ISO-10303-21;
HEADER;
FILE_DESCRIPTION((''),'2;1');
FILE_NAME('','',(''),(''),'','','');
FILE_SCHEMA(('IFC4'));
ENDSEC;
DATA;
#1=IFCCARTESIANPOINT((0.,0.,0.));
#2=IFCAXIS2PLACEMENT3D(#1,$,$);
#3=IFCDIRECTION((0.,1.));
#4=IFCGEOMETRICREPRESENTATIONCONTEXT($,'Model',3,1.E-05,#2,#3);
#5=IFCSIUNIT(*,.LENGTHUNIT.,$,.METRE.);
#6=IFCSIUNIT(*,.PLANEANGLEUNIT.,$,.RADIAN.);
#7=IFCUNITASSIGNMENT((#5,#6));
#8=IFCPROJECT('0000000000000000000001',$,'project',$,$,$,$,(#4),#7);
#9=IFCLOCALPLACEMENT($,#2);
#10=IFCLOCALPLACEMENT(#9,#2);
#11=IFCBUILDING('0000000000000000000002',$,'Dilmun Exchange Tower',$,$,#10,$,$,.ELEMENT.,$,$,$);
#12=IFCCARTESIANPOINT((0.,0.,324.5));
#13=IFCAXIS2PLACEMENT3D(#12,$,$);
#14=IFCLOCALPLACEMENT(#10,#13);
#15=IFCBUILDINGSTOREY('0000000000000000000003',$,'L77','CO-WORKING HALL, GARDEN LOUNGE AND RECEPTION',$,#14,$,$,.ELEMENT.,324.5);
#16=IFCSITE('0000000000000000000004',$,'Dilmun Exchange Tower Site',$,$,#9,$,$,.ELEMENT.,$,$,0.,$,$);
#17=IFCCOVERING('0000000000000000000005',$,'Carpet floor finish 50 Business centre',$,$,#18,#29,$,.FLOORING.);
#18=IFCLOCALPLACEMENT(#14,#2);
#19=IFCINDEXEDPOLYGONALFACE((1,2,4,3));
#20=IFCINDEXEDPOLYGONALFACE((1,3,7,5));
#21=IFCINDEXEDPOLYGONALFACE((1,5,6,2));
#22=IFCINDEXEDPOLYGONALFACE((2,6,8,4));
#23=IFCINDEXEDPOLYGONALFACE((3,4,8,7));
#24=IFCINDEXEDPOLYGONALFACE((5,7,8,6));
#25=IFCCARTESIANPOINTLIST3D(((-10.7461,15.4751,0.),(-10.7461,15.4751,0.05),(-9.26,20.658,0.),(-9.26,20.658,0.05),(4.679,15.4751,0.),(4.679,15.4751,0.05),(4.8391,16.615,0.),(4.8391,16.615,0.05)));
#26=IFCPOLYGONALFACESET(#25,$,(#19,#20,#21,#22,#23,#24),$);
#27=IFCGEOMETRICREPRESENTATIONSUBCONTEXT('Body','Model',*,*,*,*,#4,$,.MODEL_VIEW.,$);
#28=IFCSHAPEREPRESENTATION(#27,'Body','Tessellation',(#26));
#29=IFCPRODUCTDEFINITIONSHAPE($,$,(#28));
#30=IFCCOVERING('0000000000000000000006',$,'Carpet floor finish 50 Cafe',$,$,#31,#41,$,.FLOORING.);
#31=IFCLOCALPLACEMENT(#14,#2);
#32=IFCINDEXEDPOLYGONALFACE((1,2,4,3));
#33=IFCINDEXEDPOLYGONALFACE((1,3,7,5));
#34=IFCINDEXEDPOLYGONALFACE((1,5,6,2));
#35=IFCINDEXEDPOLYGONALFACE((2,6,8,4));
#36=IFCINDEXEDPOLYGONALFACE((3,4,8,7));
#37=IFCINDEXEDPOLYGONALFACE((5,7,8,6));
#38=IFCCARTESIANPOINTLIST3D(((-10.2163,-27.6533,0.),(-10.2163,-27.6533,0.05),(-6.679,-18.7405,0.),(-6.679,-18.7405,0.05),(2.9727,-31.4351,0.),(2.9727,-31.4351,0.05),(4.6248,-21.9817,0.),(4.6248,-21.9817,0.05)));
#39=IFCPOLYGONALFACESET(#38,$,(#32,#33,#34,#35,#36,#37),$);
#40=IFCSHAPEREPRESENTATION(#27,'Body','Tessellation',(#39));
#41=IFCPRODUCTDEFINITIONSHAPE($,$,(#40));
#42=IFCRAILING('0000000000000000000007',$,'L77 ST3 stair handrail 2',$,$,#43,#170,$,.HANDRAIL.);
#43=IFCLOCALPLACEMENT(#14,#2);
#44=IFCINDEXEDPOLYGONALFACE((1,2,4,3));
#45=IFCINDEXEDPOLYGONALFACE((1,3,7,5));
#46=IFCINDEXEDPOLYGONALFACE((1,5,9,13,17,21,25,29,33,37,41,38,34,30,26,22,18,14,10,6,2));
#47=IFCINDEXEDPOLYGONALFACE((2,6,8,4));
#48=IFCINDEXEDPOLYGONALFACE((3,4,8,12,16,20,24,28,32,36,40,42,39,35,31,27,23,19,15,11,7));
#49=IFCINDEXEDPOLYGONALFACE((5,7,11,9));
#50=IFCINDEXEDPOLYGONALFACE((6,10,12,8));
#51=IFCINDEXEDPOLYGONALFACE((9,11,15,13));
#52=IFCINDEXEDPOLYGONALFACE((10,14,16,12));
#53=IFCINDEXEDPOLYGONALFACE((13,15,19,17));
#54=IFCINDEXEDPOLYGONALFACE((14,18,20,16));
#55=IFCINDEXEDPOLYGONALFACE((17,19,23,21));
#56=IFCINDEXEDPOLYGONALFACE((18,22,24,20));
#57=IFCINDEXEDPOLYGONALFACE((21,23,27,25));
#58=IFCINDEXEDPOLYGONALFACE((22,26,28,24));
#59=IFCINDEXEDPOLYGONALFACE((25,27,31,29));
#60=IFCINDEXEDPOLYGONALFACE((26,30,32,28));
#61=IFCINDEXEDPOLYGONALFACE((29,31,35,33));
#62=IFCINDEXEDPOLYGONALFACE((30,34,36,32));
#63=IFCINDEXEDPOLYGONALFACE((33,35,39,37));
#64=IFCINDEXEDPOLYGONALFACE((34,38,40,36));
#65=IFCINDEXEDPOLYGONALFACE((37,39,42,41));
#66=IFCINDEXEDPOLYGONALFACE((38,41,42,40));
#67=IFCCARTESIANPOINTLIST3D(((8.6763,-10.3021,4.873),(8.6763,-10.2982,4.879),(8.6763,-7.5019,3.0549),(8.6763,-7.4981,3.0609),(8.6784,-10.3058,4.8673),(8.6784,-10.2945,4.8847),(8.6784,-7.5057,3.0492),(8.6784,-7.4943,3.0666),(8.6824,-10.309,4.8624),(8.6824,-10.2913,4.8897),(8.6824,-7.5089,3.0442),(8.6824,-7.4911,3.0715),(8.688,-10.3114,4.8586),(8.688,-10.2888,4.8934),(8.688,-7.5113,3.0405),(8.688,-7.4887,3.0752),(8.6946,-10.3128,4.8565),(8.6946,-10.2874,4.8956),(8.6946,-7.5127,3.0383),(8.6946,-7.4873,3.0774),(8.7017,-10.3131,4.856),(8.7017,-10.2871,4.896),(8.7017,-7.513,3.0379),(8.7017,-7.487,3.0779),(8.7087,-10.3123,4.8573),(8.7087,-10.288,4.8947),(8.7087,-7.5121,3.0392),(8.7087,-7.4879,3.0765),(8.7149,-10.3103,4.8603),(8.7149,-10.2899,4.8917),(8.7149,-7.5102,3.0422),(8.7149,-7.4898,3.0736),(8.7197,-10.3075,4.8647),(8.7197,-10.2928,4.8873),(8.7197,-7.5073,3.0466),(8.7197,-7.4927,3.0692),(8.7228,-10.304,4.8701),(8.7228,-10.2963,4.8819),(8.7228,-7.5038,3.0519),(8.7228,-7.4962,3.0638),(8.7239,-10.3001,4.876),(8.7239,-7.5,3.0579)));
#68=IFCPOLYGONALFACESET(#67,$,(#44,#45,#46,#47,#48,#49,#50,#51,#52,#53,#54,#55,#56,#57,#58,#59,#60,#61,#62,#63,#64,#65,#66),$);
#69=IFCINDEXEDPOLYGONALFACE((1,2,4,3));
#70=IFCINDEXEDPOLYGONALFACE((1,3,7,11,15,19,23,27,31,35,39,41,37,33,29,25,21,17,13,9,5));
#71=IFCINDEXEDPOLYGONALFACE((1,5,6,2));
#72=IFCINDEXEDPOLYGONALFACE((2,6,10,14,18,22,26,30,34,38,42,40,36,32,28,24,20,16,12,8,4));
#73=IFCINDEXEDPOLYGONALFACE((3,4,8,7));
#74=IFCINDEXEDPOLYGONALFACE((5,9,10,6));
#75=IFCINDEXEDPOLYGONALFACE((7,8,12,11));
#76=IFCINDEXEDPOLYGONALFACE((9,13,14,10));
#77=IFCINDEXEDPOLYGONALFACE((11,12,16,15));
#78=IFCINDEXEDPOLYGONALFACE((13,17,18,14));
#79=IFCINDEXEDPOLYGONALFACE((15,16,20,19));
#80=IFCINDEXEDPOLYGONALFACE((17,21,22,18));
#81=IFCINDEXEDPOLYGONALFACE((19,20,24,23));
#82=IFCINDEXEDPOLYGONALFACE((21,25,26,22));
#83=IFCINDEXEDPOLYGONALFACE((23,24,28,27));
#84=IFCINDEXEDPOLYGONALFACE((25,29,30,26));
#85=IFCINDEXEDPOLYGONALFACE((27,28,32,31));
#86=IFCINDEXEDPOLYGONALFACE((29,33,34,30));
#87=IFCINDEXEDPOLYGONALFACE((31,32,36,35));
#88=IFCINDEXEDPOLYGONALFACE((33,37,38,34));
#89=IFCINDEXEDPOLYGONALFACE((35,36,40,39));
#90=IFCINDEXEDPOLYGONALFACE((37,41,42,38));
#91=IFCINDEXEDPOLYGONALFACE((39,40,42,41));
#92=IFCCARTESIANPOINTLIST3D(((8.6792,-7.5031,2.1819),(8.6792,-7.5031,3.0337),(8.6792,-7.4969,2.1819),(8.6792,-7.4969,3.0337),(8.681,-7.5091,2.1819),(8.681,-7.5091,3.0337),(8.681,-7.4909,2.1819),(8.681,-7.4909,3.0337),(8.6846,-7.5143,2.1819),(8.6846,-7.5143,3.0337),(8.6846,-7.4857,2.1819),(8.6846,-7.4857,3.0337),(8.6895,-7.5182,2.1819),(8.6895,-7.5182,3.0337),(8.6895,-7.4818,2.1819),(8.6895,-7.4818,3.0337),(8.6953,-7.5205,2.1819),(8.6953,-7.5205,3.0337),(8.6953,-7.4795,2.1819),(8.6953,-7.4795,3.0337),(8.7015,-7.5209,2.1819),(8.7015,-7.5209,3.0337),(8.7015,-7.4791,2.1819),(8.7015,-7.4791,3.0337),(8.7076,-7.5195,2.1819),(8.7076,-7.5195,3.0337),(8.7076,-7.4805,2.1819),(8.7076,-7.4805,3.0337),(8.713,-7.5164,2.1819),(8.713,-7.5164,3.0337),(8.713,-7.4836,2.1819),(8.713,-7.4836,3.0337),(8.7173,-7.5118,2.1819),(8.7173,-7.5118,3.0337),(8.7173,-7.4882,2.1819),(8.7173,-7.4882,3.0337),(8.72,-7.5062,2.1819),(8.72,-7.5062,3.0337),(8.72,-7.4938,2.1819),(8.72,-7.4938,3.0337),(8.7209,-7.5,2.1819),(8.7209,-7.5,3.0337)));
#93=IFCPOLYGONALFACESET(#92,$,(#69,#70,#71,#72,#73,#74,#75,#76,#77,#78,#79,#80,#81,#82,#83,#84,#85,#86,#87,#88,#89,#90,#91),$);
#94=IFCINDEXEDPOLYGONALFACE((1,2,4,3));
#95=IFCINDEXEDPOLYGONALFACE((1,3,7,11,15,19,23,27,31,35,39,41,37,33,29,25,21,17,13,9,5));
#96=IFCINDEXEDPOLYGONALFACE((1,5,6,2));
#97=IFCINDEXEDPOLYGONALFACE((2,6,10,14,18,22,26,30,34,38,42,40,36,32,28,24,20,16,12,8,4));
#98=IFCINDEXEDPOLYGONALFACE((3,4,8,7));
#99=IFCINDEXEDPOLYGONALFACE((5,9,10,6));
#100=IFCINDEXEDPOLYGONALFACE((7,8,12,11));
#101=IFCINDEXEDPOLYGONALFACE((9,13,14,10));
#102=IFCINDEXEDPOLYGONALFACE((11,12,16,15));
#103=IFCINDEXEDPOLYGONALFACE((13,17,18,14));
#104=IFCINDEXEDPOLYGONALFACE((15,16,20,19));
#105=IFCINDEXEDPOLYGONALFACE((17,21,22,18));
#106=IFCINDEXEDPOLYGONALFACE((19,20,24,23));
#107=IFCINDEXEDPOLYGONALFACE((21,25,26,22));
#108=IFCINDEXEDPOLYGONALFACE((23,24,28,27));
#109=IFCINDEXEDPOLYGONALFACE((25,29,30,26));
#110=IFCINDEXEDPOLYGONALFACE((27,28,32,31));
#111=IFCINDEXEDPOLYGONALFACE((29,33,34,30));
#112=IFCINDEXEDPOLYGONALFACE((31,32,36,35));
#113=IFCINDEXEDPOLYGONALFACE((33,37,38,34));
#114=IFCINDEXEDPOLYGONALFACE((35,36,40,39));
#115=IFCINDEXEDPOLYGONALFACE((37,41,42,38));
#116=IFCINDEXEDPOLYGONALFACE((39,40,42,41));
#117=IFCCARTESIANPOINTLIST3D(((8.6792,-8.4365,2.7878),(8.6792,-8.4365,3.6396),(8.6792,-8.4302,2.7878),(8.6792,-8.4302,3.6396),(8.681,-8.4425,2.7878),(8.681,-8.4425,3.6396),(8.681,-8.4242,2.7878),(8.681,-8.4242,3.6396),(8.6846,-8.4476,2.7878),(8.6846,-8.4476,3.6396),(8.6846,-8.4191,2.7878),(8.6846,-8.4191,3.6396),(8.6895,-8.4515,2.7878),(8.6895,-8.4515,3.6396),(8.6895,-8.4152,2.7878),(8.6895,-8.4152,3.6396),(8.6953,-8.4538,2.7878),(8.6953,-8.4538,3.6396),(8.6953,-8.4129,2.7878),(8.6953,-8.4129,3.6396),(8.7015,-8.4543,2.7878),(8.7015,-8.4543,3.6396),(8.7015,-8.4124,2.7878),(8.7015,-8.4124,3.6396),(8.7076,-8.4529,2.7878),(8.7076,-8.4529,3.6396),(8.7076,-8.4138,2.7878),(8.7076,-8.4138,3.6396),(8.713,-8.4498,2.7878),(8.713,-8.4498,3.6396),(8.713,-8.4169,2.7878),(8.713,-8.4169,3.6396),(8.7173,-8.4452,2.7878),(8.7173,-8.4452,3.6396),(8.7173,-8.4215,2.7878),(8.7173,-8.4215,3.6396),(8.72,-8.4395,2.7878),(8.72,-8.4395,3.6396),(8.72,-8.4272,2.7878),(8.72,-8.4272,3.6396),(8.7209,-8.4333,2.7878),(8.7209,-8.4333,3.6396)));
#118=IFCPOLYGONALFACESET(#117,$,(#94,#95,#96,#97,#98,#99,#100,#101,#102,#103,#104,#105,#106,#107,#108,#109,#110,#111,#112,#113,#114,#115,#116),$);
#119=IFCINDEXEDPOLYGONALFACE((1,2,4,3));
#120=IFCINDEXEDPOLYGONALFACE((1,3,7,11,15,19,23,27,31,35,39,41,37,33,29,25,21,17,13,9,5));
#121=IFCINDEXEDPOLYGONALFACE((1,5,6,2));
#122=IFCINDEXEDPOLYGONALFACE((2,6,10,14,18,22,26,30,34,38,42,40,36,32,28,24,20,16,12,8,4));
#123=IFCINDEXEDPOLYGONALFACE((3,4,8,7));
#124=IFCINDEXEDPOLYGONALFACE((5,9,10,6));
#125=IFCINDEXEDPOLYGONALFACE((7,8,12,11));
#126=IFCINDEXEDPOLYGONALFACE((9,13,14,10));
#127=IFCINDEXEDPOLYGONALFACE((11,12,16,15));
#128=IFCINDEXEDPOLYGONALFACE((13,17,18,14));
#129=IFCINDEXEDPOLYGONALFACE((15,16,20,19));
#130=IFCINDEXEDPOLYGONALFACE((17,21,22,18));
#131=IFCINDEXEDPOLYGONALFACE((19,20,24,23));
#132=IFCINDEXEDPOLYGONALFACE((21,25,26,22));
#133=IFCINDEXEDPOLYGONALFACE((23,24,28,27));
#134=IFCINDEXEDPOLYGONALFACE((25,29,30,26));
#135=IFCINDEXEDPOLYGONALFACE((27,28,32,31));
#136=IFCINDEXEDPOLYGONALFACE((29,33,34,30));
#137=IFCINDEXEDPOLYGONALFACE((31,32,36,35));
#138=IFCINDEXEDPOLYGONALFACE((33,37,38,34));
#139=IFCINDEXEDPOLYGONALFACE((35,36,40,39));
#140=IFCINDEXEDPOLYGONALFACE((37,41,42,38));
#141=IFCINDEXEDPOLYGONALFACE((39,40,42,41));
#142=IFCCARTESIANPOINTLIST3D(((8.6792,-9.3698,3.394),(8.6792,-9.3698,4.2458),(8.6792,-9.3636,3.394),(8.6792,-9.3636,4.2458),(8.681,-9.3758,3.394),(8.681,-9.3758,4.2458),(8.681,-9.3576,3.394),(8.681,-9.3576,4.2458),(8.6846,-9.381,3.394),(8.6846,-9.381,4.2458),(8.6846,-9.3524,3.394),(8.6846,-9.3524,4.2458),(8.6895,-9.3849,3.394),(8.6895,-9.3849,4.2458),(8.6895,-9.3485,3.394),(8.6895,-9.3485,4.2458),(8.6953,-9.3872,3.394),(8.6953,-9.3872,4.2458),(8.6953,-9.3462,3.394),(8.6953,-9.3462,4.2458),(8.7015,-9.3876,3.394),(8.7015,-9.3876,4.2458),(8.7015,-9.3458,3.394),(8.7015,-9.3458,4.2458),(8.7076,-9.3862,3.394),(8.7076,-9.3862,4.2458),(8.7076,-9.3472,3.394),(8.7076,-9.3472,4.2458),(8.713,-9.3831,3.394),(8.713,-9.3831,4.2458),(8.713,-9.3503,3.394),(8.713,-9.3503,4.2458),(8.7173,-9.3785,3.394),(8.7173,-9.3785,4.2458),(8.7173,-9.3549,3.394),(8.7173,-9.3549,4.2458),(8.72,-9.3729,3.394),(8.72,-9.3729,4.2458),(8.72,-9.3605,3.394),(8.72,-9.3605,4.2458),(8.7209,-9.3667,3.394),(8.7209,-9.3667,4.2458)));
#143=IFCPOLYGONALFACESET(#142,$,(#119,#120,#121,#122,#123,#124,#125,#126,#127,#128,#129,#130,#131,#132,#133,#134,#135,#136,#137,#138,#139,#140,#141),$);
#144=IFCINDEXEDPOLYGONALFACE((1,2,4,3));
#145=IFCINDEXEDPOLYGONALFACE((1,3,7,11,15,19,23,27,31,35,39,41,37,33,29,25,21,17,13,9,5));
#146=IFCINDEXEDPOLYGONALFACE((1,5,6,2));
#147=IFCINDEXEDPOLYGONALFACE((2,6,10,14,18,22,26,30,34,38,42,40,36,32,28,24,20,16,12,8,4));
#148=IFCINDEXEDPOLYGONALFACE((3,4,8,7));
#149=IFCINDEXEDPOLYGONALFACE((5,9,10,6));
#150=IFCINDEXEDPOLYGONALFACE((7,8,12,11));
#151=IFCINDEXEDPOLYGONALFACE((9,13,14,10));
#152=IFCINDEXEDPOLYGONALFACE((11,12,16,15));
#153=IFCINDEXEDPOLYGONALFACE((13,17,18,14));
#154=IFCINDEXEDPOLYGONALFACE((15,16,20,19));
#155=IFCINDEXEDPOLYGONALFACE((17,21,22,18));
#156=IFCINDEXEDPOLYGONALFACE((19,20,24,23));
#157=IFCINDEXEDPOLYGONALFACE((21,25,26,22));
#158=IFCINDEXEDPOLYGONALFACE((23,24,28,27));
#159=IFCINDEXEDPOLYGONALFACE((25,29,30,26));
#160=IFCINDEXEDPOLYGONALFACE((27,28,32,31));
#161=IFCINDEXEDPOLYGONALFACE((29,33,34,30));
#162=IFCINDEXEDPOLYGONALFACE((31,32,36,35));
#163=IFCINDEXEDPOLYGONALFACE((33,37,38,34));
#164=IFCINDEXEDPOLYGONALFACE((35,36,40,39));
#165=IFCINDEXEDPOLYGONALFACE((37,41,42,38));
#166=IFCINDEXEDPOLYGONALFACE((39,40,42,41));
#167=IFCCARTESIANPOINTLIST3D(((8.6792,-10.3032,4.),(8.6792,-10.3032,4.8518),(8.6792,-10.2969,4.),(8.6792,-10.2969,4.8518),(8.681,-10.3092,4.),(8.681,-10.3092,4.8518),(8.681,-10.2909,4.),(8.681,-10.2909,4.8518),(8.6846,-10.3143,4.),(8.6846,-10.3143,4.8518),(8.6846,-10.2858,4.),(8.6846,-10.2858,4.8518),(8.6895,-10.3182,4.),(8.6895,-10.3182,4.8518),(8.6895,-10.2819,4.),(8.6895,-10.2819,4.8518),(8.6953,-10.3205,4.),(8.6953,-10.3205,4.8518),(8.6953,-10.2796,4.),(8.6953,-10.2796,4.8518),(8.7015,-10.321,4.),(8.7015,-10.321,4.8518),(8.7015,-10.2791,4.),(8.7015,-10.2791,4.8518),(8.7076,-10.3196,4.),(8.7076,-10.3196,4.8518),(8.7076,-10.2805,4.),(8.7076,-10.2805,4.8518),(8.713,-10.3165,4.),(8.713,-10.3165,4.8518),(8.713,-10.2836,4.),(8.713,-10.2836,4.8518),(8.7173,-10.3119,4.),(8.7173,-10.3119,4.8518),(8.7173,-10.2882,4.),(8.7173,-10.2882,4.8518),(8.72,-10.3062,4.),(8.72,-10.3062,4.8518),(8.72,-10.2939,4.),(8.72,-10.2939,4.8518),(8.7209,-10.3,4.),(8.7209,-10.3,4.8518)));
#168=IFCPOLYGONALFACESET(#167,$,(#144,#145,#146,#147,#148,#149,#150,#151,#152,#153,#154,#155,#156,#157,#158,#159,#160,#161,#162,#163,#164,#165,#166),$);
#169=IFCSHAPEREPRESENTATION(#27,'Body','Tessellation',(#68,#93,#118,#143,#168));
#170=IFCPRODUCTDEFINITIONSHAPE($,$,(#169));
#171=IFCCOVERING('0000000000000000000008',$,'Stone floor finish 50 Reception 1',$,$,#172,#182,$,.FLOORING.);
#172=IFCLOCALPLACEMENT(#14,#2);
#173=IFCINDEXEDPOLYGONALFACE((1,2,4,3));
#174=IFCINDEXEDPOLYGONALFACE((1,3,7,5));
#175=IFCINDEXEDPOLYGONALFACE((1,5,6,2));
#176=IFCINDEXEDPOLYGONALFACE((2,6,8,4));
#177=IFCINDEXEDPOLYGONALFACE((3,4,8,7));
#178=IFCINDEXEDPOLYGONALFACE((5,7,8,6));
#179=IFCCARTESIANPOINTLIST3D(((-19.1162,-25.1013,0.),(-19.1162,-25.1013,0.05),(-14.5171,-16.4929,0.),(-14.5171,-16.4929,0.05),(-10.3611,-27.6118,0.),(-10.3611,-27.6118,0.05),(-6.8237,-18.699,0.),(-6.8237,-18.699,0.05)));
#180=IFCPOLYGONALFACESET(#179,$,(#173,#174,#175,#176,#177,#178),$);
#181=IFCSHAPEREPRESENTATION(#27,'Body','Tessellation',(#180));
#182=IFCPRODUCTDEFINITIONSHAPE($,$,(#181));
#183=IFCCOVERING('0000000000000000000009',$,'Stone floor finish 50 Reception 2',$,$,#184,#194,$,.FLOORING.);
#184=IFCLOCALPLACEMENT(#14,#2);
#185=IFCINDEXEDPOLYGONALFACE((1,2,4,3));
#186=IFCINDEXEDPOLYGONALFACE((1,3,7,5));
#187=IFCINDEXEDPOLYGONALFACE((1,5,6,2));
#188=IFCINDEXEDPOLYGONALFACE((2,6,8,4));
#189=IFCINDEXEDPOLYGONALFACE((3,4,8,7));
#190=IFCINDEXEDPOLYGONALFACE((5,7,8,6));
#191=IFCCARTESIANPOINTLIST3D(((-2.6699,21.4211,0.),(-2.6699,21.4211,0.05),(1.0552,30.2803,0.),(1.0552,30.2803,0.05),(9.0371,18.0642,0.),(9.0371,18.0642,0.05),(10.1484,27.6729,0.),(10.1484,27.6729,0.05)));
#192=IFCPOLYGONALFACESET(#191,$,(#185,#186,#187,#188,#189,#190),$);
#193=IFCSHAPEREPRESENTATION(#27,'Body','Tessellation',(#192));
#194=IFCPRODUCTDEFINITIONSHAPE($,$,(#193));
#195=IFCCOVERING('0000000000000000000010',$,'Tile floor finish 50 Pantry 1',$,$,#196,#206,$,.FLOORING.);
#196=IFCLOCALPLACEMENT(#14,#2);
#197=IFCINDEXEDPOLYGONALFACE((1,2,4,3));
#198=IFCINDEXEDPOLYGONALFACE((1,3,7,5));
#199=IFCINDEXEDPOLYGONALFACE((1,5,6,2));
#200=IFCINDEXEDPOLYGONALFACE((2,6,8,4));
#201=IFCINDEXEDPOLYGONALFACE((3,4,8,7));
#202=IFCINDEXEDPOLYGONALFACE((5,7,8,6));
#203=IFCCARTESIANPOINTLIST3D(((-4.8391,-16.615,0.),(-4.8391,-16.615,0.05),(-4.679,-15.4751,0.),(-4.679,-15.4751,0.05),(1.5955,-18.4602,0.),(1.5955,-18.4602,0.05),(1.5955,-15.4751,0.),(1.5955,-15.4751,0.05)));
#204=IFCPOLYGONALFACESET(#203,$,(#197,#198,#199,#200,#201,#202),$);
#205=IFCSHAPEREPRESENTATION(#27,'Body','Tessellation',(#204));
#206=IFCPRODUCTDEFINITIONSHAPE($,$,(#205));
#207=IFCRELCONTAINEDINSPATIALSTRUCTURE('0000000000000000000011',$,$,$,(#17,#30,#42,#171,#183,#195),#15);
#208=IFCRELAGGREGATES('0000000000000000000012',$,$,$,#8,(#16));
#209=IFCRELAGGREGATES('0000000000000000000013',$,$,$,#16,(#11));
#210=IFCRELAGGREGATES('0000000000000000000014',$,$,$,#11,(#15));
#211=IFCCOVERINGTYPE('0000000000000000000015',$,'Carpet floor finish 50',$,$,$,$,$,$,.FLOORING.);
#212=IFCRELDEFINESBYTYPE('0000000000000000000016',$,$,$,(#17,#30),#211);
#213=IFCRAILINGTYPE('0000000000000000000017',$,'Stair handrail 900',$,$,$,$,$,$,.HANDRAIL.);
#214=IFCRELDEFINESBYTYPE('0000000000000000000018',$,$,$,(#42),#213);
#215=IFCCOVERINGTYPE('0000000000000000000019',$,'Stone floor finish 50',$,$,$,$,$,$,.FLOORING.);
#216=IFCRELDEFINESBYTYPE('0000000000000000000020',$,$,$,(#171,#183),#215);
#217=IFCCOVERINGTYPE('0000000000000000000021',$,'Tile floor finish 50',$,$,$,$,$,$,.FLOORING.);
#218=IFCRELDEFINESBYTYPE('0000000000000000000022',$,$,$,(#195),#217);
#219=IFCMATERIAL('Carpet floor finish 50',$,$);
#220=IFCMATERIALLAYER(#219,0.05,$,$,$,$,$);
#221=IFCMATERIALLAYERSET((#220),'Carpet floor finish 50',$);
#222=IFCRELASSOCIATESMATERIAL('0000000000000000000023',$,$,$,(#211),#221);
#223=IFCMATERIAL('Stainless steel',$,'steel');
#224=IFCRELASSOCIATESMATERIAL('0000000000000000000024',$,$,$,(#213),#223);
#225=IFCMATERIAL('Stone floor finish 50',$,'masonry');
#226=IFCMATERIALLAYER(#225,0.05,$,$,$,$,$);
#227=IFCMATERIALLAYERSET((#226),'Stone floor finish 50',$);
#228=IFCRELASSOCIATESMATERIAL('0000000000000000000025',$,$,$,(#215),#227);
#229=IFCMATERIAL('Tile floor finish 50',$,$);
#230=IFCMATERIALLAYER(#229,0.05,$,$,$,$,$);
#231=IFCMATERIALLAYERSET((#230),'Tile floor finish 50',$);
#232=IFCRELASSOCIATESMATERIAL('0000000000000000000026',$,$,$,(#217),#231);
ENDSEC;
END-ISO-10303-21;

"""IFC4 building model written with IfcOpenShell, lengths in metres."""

from ifc_helpers import new_model, si_unit, direction, frame, origin, origin_2d, place, context, subcontext, project, spatial, polyline, circle, outline, extrude, material, layer, layer_set, type_object, element, save


model = new_model("IFC4")

# Units and contexts
model_context = context("Model", 3, precision=1e-05, world=origin(), true_north=direction((0.0, 1.0)))
body_context = subcontext(model_context, "Body", "Model", "MODEL_VIEW")
ifc_project = project(units=[si_unit("LENGTHUNIT", "METRE"), si_unit("PLANEANGLEUNIT", "RADIAN")], contexts=[model_context])

# Site, building, storey
site_placement = place(None, origin())
site = spatial("IfcSite", under=ifc_project, at=site_placement, Name="Dilmun Exchange Tower Site", CompositionType="ELEMENT", RefElevation=0.0)
building_placement = place(site_placement, origin())
building = spatial("IfcBuilding", under=site, at=building_placement, Name="Dilmun Exchange Tower", CompositionType="ELEMENT")
storey_placement = place(building_placement, frame((0.0, 0.0, 324.5)))
storey = spatial("IfcBuildingStorey", under=building, at=storey_placement, Name="L77", Description="CO-WORKING HALL, GARDEN LOUNGE AND RECEPTION", CompositionType="ELEMENT", Elevation=324.5)

# Coverings
ifc_material_1 = material(Name="Carpet floor finish 50")
ifc_layer_1 = layer(ifc_material_1, 0.05)
ifc_layer_set_1 = layer_set([ifc_layer_1], Name="Carpet floor finish 50")
covering_type_1 = type_object("IfcCoveringType", Name="Carpet floor finish 50", PredefinedType="FLOORING", material=ifc_layer_set_1)
covering_1_placement = place(storey_placement, origin())
element("IfcCovering", 1, at=covering_1_placement, inside=storey, type_object=covering_type_1, Name="Carpet floor finish 50 Business centre", PredefinedType="FLOORING", context=body_context, shape_type="SweptSolid", body=[
    extrude(outline(polyline([(-10.7461, 15.4751), (-9.26, 20.658), (4.8391, 16.615), (4.679, 15.4751), (-10.7461, 15.4751)])), origin(), (0.0, 0.0, 1.0), 0.05),
])
covering_2_placement = place(storey_placement, origin())
element("IfcCovering", 2, at=covering_2_placement, inside=storey, type_object=covering_type_1, Name="Carpet floor finish 50 Cafe", PredefinedType="FLOORING", context=body_context, shape_type="SweptSolid", body=[
    extrude(outline(polyline([(-6.679, -18.7405), (4.6248, -21.9817), (2.9727, -31.4351), (-10.2163, -27.6533), (-6.679, -18.7405)])), origin(), (0.0, 0.0, 1.0), 0.05),
])

# Railing
ifc_material_2 = material(Name="Stainless steel", Category="steel")
railing_type = type_object("IfcRailingType", Name="Stair handrail 900", PredefinedType="HANDRAIL", material=ifc_material_2)
railing_placement = place(storey_placement, frame((8.7, -7.5, 2.1819)))
element("IfcRailing", 3, at=railing_placement, inside=storey, type_object=railing_type, Name="L77 ST3 stair handrail 2", PredefinedType="HANDRAIL", context=body_context, shape_type="SweptSolid", body=[
    extrude(circle(Radius=0.0239, at=origin_2d()), frame((0.0, 0.0, 0.876), z_axis=(0.0, -0.838706, 0.544585), x_axis=(1.0, 0.0, 0.0)), (0.0, 0.0, 1.0), 3.3386),
    extrude(circle(Radius=0.021, at=origin_2d()), origin(), (0.0, 0.0, 1.0), 0.8518),
    extrude(circle(Radius=0.021, at=origin_2d()), frame((0.0, -0.9333, 0.606)), (0.0, 0.0, 1.0), 0.8518),
    extrude(circle(Radius=0.021, at=origin_2d()), frame((0.0, -1.8667, 1.2122)), (0.0, 0.0, 1.0), 0.8518),
    extrude(circle(Radius=0.021, at=origin_2d()), frame((0.0, -2.8, 1.8181)), (0.0, 0.0, 1.0), 0.8518),
])

# Coverings
ifc_material_3 = material(Name="Stone floor finish 50", Category="masonry")
ifc_layer_2 = layer(ifc_material_3, 0.05)
ifc_layer_set_2 = layer_set([ifc_layer_2], Name="Stone floor finish 50")
covering_type_2 = type_object("IfcCoveringType", Name="Stone floor finish 50", PredefinedType="FLOORING", material=ifc_layer_set_2)
covering_3_placement = place(storey_placement, origin())
element("IfcCovering", 4, at=covering_3_placement, inside=storey, type_object=covering_type_2, Name="Stone floor finish 50 Reception 1", PredefinedType="FLOORING", context=body_context, shape_type="SweptSolid", body=[
    extrude(outline(polyline([(-14.5171, -16.4929), (-6.8237, -18.699), (-10.3611, -27.6118), (-19.1162, -25.1013), (-14.5171, -16.4929)])), origin(), (0.0, 0.0, 1.0), 0.05),
])
covering_4_placement = place(storey_placement, origin())
element("IfcCovering", 5, at=covering_4_placement, inside=storey, type_object=covering_type_2, Name="Stone floor finish 50 Reception 2", PredefinedType="FLOORING", context=body_context, shape_type="SweptSolid", body=[
    extrude(outline(polyline([(9.0371, 18.0642), (-2.6699, 21.4211), (1.0552, 30.2803), (10.1484, 27.6729), (9.0371, 18.0642)])), origin(), (0.0, 0.0, 1.0), 0.05),
])
ifc_material_4 = material(Name="Tile floor finish 50")
ifc_layer_3 = layer(ifc_material_4, 0.05)
ifc_layer_set_3 = layer_set([ifc_layer_3], Name="Tile floor finish 50")
covering_type_3 = type_object("IfcCoveringType", Name="Tile floor finish 50", PredefinedType="FLOORING", material=ifc_layer_set_3)
covering_5_placement = place(storey_placement, origin())
element("IfcCovering", 6, at=covering_5_placement, inside=storey, type_object=covering_type_3, Name="Tile floor finish 50 Pantry 1", PredefinedType="FLOORING", context=body_context, shape_type="SweptSolid", body=[
    extrude(outline(polyline([(1.5955, -15.4751), (1.5955, -18.4602), (-4.8391, -16.615), (-4.679, -15.4751), (1.5955, -15.4751)])), origin(), (0.0, 0.0, 1.0), 0.05),
])

save(model, "model.ifc")
